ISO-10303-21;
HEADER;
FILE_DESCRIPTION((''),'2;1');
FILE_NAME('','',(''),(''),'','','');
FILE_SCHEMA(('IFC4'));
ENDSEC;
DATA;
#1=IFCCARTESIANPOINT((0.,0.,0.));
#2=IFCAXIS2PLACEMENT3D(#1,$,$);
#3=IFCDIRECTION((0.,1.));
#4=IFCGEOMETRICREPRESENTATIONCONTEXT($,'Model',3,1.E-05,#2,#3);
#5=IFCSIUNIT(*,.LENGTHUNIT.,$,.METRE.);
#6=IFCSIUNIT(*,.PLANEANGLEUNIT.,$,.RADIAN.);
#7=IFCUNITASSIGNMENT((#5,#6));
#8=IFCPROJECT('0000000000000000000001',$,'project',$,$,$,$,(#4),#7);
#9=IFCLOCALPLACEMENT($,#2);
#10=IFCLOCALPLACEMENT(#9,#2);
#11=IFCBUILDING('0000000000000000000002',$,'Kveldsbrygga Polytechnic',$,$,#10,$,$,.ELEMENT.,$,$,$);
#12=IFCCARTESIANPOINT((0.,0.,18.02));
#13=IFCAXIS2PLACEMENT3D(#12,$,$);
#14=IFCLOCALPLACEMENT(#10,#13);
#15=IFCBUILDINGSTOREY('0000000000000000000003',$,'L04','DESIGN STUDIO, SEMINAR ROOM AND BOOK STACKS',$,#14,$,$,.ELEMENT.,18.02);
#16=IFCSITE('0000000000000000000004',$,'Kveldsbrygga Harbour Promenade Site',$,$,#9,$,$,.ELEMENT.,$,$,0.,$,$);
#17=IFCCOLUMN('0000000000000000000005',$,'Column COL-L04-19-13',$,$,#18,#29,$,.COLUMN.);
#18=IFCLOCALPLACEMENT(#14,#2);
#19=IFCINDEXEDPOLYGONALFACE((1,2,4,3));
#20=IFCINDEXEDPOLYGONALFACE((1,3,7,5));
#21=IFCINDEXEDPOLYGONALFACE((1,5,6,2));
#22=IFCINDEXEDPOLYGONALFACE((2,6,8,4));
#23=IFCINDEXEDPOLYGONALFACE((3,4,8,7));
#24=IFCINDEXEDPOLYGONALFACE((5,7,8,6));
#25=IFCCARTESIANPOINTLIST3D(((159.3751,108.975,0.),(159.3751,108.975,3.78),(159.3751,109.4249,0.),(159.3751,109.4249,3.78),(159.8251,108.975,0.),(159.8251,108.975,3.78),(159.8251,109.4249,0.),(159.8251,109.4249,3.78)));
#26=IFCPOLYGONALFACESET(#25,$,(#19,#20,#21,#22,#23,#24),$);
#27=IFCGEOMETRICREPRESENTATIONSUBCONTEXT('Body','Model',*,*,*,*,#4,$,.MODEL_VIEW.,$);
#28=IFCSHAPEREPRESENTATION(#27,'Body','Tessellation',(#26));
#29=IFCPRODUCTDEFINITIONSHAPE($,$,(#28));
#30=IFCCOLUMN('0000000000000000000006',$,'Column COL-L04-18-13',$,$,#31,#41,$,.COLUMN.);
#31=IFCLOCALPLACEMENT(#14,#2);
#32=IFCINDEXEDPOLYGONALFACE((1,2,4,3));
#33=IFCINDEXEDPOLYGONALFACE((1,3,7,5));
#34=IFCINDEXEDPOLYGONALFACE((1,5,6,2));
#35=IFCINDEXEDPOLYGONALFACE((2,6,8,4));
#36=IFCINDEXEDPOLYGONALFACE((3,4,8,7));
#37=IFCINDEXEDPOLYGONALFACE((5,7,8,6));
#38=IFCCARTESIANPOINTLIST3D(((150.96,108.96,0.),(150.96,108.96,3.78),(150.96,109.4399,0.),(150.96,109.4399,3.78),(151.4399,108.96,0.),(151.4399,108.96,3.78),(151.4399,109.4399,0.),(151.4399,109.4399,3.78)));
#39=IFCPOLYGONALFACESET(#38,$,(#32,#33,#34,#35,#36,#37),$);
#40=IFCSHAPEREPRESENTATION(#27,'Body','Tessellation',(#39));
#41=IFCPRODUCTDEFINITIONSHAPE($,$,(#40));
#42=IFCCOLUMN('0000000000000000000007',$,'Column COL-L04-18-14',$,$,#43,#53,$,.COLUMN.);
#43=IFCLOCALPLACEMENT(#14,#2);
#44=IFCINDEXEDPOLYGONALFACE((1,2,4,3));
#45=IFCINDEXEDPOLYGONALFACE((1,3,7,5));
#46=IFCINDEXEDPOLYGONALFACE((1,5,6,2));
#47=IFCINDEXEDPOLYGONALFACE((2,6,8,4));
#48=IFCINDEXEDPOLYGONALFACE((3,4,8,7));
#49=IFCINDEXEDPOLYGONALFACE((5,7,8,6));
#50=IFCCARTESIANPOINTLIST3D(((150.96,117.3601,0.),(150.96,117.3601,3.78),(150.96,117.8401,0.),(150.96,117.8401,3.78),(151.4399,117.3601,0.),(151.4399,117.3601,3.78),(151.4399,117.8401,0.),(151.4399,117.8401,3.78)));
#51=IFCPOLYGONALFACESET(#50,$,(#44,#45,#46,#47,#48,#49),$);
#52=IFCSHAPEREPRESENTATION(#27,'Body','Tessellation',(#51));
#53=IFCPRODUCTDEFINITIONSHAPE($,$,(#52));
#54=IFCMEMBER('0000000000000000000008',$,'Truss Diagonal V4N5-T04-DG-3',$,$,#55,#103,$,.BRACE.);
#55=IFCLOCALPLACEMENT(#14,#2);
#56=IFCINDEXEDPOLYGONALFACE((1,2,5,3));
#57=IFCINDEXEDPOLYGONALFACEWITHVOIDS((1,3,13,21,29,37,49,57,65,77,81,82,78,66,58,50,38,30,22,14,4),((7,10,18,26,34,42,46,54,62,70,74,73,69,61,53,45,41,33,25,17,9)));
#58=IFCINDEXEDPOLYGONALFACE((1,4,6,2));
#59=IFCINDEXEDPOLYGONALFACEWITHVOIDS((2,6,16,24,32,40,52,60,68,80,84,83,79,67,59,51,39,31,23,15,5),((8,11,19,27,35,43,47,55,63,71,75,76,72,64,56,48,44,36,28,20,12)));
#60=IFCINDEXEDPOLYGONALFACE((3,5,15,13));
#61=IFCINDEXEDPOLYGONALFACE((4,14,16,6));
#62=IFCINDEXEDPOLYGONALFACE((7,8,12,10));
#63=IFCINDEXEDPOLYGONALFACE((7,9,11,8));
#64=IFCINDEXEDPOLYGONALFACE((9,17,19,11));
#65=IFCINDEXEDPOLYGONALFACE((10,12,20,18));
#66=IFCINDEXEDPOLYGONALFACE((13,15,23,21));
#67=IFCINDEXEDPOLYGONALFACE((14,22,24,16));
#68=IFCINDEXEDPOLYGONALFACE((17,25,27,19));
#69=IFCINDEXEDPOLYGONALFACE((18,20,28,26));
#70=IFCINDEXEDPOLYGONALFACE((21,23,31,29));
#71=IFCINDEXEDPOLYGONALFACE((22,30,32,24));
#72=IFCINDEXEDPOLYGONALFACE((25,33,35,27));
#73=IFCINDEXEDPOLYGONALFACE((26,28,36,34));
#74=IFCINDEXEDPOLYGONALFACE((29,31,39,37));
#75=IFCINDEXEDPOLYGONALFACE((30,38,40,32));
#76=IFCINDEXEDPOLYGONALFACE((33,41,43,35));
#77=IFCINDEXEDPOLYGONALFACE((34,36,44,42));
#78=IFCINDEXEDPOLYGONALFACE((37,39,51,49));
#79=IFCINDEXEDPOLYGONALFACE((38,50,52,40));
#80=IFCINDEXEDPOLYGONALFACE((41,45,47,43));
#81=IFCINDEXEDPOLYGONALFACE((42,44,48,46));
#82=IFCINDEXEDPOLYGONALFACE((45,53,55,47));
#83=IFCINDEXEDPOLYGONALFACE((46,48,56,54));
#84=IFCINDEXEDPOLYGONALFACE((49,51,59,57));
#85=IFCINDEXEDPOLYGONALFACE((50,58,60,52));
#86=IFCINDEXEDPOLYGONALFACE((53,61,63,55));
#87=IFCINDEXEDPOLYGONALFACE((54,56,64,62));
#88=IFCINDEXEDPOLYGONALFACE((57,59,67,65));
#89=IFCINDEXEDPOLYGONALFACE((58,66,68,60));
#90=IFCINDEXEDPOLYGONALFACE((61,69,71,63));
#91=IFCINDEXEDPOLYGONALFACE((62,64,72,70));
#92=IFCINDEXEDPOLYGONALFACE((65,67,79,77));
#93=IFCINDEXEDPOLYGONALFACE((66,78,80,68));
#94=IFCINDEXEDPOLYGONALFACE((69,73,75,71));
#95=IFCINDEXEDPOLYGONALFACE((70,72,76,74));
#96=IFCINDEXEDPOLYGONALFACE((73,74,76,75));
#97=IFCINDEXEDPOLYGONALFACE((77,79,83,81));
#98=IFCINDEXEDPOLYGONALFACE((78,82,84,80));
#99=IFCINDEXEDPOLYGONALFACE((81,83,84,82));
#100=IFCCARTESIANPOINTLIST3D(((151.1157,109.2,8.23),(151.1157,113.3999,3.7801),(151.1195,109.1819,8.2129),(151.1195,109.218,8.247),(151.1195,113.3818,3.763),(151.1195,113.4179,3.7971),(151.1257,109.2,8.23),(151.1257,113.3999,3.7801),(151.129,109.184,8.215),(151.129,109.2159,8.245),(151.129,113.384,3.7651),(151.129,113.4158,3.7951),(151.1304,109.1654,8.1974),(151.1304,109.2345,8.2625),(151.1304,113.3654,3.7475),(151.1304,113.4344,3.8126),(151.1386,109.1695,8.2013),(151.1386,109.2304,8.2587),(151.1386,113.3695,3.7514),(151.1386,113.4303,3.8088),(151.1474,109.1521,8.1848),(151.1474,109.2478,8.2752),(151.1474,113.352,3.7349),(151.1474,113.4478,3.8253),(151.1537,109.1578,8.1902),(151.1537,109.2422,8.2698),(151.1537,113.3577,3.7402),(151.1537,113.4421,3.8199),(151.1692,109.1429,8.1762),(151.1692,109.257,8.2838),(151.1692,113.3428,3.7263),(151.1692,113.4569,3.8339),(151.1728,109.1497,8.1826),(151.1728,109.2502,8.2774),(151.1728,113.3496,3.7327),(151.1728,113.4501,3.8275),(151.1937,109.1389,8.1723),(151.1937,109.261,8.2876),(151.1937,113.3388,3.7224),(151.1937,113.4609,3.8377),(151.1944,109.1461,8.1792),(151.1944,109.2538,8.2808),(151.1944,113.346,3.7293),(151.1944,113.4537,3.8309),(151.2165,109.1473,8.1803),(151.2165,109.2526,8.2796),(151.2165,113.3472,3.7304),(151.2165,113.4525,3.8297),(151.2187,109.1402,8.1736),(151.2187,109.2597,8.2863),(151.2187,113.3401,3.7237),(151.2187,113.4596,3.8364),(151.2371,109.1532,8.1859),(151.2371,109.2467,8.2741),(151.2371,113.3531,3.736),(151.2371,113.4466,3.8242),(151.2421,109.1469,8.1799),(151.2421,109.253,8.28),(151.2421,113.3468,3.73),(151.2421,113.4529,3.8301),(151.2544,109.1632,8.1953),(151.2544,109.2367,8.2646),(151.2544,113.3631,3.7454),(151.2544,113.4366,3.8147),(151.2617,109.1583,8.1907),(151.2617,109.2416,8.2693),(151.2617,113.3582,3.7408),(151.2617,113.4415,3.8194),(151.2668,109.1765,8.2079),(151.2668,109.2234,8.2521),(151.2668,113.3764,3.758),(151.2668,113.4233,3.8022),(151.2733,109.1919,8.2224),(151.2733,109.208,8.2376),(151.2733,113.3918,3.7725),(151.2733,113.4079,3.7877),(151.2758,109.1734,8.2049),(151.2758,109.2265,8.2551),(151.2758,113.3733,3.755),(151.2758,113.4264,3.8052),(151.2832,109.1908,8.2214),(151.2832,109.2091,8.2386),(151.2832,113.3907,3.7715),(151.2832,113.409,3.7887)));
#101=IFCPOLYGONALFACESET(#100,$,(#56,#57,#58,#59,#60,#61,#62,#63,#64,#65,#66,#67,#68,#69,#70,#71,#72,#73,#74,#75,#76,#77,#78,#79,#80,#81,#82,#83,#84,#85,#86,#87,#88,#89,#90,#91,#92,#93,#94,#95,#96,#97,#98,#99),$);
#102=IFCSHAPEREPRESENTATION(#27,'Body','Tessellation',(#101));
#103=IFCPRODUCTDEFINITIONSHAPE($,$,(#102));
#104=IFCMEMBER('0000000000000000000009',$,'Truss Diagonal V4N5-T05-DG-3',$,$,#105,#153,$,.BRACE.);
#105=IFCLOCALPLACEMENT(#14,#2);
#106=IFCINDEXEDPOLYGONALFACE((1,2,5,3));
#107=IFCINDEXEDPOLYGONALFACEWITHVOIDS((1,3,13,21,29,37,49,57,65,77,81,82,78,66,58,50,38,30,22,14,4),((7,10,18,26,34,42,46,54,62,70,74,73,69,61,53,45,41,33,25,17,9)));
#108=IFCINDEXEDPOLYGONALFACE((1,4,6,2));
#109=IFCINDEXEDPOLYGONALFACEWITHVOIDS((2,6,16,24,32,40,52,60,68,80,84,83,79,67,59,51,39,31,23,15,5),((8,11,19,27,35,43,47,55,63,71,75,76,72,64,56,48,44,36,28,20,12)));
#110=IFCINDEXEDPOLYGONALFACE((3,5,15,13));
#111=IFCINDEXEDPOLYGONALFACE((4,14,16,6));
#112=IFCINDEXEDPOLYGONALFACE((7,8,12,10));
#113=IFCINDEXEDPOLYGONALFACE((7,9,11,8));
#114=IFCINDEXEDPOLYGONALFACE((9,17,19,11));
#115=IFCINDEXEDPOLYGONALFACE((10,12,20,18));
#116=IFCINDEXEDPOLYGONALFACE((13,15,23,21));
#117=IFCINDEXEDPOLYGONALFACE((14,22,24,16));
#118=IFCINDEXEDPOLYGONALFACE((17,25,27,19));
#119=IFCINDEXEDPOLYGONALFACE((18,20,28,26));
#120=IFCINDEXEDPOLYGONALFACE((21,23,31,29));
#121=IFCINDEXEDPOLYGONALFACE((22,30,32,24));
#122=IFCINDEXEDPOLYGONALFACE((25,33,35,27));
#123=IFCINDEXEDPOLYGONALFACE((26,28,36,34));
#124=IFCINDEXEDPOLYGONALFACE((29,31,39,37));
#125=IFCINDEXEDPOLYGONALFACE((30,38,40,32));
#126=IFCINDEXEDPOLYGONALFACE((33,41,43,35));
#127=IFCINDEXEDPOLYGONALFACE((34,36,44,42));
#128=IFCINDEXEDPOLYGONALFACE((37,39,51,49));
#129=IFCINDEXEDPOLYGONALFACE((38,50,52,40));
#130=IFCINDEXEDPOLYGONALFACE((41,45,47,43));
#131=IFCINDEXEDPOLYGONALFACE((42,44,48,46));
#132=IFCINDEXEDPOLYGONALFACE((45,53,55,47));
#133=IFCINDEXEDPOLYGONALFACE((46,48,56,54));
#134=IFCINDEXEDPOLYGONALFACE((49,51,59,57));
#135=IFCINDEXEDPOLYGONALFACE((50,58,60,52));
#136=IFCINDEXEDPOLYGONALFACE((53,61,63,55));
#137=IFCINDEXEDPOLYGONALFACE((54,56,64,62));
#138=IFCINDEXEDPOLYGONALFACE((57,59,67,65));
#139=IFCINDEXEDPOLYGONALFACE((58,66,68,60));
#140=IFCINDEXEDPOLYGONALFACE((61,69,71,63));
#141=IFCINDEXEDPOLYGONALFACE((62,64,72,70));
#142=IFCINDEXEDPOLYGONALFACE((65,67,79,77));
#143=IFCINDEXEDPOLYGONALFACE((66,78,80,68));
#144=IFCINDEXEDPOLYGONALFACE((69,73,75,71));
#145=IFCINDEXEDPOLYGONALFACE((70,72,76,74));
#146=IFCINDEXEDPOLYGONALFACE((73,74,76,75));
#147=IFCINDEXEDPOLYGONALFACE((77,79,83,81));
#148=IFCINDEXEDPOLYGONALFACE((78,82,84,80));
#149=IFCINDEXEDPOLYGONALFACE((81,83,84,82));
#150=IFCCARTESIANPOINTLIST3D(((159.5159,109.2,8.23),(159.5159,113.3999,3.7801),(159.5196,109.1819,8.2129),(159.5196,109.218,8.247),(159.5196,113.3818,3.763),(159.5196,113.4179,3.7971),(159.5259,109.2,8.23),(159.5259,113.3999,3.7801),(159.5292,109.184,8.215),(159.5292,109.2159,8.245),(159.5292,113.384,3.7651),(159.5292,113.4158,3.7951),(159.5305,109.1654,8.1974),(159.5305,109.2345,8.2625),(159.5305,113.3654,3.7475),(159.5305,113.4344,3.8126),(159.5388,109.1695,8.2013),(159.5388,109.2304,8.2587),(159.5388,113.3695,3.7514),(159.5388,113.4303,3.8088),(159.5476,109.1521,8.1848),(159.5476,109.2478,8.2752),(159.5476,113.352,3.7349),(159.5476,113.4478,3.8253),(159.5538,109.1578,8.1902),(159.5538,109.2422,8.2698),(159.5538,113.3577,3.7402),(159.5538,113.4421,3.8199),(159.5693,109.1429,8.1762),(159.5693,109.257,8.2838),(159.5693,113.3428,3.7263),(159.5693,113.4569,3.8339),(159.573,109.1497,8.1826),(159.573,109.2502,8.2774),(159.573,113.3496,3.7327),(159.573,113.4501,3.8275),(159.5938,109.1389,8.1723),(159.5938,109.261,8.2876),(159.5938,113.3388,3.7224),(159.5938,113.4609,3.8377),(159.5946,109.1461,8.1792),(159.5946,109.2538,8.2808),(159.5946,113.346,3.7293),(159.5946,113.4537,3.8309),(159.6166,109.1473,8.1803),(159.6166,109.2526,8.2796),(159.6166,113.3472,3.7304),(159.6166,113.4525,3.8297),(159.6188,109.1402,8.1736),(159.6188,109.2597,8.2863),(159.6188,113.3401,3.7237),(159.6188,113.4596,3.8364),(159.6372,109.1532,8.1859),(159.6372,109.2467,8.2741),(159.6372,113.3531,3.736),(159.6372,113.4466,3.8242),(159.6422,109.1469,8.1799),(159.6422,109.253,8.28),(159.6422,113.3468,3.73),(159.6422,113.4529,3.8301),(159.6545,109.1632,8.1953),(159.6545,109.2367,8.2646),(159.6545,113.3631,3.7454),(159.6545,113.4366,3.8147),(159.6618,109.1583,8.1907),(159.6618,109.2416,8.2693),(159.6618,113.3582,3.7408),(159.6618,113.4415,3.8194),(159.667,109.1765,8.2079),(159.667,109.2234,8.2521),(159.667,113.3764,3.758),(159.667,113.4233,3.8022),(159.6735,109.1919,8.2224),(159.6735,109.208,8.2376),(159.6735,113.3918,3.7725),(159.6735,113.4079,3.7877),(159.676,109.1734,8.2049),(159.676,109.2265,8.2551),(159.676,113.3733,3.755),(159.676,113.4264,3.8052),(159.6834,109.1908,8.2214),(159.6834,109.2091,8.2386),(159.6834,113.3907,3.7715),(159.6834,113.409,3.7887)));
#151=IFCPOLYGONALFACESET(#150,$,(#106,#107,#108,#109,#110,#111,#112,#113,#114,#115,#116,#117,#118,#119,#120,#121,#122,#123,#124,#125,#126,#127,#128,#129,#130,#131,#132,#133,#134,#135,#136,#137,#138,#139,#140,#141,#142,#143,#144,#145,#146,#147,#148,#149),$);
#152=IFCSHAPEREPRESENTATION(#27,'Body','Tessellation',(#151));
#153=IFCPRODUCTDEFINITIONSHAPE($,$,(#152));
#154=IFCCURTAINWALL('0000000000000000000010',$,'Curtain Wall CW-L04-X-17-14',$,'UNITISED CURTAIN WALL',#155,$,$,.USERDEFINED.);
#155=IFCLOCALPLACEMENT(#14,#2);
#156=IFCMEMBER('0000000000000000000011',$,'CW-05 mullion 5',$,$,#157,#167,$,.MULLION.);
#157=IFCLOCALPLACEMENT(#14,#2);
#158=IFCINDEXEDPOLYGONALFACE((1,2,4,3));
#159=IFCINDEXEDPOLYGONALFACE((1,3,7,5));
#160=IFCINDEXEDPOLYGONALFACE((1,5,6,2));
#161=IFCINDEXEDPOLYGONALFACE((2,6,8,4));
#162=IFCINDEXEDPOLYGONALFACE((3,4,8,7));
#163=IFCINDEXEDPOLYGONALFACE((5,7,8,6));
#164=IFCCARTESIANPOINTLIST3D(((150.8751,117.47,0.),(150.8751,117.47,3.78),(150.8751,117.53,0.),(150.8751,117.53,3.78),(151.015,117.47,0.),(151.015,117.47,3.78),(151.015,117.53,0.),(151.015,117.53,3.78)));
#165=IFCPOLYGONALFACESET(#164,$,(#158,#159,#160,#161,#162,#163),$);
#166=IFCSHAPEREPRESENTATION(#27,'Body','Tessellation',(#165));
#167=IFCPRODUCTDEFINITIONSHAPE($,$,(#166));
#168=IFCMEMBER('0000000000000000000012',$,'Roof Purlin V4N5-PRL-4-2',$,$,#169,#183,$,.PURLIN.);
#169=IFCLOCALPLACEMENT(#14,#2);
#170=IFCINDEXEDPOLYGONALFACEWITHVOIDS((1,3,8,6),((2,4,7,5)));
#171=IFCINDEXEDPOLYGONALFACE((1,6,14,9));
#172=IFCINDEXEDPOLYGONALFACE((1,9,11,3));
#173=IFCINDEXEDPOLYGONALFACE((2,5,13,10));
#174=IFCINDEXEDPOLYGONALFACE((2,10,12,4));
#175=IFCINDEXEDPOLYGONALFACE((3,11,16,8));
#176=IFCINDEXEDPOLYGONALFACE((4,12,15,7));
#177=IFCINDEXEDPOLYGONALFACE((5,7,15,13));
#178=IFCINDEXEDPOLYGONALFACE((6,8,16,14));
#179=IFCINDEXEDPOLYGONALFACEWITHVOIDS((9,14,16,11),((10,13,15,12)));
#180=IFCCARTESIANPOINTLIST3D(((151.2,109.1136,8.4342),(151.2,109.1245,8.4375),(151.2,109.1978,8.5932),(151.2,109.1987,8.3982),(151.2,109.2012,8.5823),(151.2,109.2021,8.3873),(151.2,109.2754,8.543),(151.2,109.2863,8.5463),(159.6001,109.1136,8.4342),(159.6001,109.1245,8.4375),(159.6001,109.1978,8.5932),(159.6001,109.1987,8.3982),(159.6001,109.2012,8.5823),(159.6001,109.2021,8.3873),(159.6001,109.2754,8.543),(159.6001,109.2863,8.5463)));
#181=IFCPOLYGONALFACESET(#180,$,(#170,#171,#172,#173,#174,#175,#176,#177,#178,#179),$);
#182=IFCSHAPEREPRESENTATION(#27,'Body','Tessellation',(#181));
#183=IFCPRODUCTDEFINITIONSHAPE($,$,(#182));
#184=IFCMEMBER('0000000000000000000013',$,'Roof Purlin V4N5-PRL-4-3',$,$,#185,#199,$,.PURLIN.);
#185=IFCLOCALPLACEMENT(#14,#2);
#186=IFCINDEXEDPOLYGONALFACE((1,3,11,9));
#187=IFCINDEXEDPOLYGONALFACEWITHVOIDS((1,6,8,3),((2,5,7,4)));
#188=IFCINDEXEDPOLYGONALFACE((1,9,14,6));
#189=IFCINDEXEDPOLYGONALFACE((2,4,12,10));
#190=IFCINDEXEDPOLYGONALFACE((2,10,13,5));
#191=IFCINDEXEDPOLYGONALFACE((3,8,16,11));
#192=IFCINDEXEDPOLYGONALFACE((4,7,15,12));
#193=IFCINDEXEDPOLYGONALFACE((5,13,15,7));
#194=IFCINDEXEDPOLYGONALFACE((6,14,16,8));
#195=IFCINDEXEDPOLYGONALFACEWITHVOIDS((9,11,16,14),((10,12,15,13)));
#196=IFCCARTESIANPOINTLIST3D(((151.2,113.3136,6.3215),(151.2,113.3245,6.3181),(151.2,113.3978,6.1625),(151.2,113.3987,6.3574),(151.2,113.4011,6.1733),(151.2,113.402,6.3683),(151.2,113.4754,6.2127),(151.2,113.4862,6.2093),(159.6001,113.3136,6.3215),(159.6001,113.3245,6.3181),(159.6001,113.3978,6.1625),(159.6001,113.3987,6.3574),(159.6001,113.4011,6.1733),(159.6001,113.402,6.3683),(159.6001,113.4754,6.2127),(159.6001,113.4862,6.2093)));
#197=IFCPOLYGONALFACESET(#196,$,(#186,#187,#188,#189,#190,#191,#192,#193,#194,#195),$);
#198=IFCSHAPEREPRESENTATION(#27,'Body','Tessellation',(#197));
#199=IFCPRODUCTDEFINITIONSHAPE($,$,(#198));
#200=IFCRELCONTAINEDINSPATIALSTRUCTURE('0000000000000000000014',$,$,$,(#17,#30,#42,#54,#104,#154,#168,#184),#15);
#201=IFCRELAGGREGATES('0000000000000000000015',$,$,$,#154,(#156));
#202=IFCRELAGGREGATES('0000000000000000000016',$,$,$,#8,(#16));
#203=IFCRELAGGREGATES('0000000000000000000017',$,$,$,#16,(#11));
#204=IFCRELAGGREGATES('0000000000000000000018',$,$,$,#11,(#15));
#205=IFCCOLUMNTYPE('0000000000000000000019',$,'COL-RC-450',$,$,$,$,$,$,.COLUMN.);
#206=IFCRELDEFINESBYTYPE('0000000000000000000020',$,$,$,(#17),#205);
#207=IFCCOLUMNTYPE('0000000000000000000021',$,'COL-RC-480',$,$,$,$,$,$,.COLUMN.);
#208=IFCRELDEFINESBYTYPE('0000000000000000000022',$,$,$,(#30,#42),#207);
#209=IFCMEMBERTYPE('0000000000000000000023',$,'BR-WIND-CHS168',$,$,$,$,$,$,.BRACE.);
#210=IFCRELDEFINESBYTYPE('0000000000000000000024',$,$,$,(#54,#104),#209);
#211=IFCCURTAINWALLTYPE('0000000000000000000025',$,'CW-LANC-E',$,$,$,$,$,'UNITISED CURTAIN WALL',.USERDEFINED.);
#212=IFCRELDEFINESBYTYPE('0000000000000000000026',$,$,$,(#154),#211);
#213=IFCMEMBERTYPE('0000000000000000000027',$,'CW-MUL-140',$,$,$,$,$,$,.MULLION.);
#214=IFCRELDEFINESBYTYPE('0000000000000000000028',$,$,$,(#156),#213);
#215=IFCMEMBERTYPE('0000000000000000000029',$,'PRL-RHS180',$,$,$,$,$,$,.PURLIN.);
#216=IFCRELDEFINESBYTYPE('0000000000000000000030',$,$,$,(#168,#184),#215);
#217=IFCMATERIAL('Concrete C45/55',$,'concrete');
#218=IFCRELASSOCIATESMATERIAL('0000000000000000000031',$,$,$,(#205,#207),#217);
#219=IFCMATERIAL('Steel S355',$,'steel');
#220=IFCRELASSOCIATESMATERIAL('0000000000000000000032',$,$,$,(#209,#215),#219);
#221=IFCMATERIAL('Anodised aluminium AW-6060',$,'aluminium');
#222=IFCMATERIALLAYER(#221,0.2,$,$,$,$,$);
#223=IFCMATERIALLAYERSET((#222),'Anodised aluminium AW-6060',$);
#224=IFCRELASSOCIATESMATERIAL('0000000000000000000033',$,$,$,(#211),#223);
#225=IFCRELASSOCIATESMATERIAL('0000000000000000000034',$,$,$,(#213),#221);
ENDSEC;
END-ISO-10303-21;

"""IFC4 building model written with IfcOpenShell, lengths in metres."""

from ifc_helpers import new_model, si_unit, direction, frame, origin, origin_2d, place, context, subcontext, project, spatial, rectangle, hollow_rectangle, hollow_circle, extrude, material, layer, layer_set, material_profile, profile_set, type_object, element, aggregate, save


model = new_model("IFC4")

# Units and contexts
model_context = context("Model", 3, precision=1e-05, world=origin(), true_north=direction((0.0, 1.0)))
body_context = subcontext(model_context, "Body", "Model", "MODEL_VIEW")
ifc_project = project(units=[si_unit("LENGTHUNIT", "METRE"), si_unit("PLANEANGLEUNIT", "RADIAN")], contexts=[model_context])

# Site, building, storey
site_placement = place(None, origin())
site = spatial("IfcSite", under=ifc_project, at=site_placement, Name="Kveldsbrygga Harbour Promenade Site", CompositionType="ELEMENT", RefElevation=0.0)
building_placement = place(site_placement, origin())
building = spatial("IfcBuilding", under=site, at=building_placement, Name="Kveldsbrygga Polytechnic", CompositionType="ELEMENT")
storey_placement = place(building_placement, frame((0.0, 0.0, 18.02)))
storey = spatial("IfcBuildingStorey", under=building, at=storey_placement, Name="L04", Description="DESIGN STUDIO, SEMINAR ROOM AND BOOK STACKS", CompositionType="ELEMENT", Elevation=18.02)

# Columns
ifc_material_1 = material(Name="Concrete C45/55", Category="concrete")
ifc_material_profile_1 = material_profile(ifc_material_1, rectangle(XDim=0.45, YDim=0.45, at=origin_2d()), Name="RC 450x450")
ifc_profile_set_1 = profile_set([ifc_material_profile_1], Name="Concrete C45/55")
column_type_1 = type_object("IfcColumnType", Name="COL-RC-450", PredefinedType="COLUMN", material=ifc_profile_set_1)
column_placement = place(storey_placement, frame((159.6001, 109.2, 0.0), z_axis=(0.0, 0.0, 1.0), x_axis=(1.0, 0.0, 0.0)))
element("IfcColumn", 1, at=column_placement, inside=storey, type_object=column_type_1, Name="Column COL-L04-19-13", PredefinedType="COLUMN", context=body_context, shape_type="SweptSolid", body=[
    extrude(rectangle(XDim=0.45, YDim=0.45, at=origin_2d()), origin(), (0.0, 0.0, 1.0), 3.78),
])
ifc_material_profile_2 = material_profile(ifc_material_1, rectangle(XDim=0.48, YDim=0.48, at=origin_2d()), Name="RC 480x480")
ifc_profile_set_2 = profile_set([ifc_material_profile_2], Name="Concrete C45/55")
column_type_2 = type_object("IfcColumnType", Name="COL-RC-480", PredefinedType="COLUMN", material=ifc_profile_set_2)
for number, where, z_axis, x_axis, name in (
    (2, (151.2, 109.2, 0.0), (0.0, 0.0, 1.0), (1.0, 0.0, 0.0), "Column COL-L04-18-13"),
    (3, (151.2, 117.6001, 0.0), (0.0, 0.0, 1.0), (1.0, 0.0, 0.0), "Column COL-L04-18-14"),
):
    element("IfcColumn", number, at=place(storey_placement, frame(where, z_axis=z_axis, x_axis=x_axis)), inside=storey, type_object=column_type_2, Name=name, PredefinedType="COLUMN", context=body_context, shape_type="SweptSolid", body=[
        extrude(rectangle(XDim=0.48, YDim=0.48, at=origin_2d()), origin(), (0.0, 0.0, 1.0), 3.78),
    ])

# Members
ifc_material_2 = material(Name="Steel S355", Category="steel")
ifc_material_profile_3 = material_profile(ifc_material_2, hollow_circle(Radius=0.0842, WallThickness=0.01, at=origin_2d()), Name="CHS 168.3x10.0")
ifc_profile_set_3 = profile_set([ifc_material_profile_3], Name="Steel S355")
member_type_1 = type_object("IfcMemberType", Name="BR-WIND-CHS168", PredefinedType="BRACE", material=ifc_profile_set_3)
for number, where, z_axis, x_axis, name in (
    (4, (151.2, 109.2, 8.23), (0.0, 0.686383, -0.72724), (-1.0, 0.0, 0.0), "Truss Diagonal V4N5-T04-DG-3"),
    (5, (159.6001, 109.2, 8.23), (0.0, 0.686383, -0.72724), (-1.0, 0.0, 0.0), "Truss Diagonal V4N5-T05-DG-3"),
):
    element("IfcMember", number, at=place(storey_placement, frame(where, z_axis=z_axis, x_axis=x_axis)), inside=storey, type_object=member_type_1, Name=name, PredefinedType="BRACE", context=body_context, shape_type="SweptSolid", body=[
        extrude(hollow_circle(Radius=0.0842, WallThickness=0.01, at=origin_2d()), origin(), (0.0, 0.0, 1.0), 6.1189),
    ])

# Curtain wall, member
ifc_material_3 = material(Name="Anodised aluminium AW-6060", Category="aluminium")
ifc_layer_1 = layer(ifc_material_3, 0.2)
ifc_layer_set_1 = layer_set([ifc_layer_1], Name="Anodised aluminium AW-6060")
curtain_wall_type = type_object("IfcCurtainWallType", Name="CW-LANC-E", ElementType="UNITISED CURTAIN WALL", PredefinedType="USERDEFINED", material=ifc_layer_set_1)
curtain_wall_placement = place(storey_placement, origin())
curtain_wall = element("IfcCurtainWall", 6, at=curtain_wall_placement, inside=storey, type_object=curtain_wall_type, Name="Curtain Wall CW-L04-X-17-14", ObjectType="UNITISED CURTAIN WALL", PredefinedType="USERDEFINED")
ifc_material_profile_4 = material_profile(ifc_material_3, rectangle(XDim=0.0601, YDim=0.1399, at=origin_2d()), Name="ALU 60x140")
ifc_profile_set_4 = profile_set([ifc_material_profile_4], Name="Anodised aluminium AW-6060")
member_type_2 = type_object("IfcMemberType", Name="CW-MUL-140", PredefinedType="MULLION", material=ifc_profile_set_4)
member_1_placement = place(storey_placement, frame((150.9451, 117.5, 0.0), z_axis=(0.0, 0.0, 1.0), x_axis=(0.0, 1.0, 0.0)))
member_1 = element("IfcMember", 7, at=member_1_placement, type_object=member_type_2, Name="CW-05 mullion 5", PredefinedType="MULLION", context=body_context, shape_type="SweptSolid", body=[
    extrude(rectangle(XDim=0.0601, YDim=0.1399, at=origin_2d()), origin(), (0.0, 0.0, 1.0), 3.78),
])
aggregate(curtain_wall, [member_1])

# Members
ifc_material_profile_5 = material_profile(ifc_material_2, hollow_rectangle(XDim=0.1001, YDim=0.1799, WallThickness=0.0081, at=origin_2d()), Name="RHS 180x100x8.0")
ifc_profile_set_5 = profile_set([ifc_material_profile_5], Name="Steel S355")
member_type_3 = type_object("IfcMemberType", Name="PRL-RHS180", PredefinedType="PURLIN", material=ifc_profile_set_5)
for number, where, z_axis, x_axis, name in (
    (8, (151.2, 109.2, 8.4902), (1.0, 0.0, 0.0), (0.0, 0.88366, -0.468129), "Roof Purlin V4N5-PRL-4-2"),
    (9, (151.2, 113.3999, 6.2654), (1.0, 0.0, 0.0), (0.0, 0.88366, 0.468129), "Roof Purlin V4N5-PRL-4-3"),
):
    element("IfcMember", number, at=place(storey_placement, frame(where, z_axis=z_axis, x_axis=x_axis)), inside=storey, type_object=member_type_3, Name=name, PredefinedType="PURLIN", context=body_context, shape_type="SweptSolid", body=[
        extrude(hollow_rectangle(XDim=0.1001, YDim=0.1799, WallThickness=0.0081, at=origin_2d()), origin(), (0.0, 0.0, 1.0), 8.4001),
    ])

save(model, "model.ifc")
